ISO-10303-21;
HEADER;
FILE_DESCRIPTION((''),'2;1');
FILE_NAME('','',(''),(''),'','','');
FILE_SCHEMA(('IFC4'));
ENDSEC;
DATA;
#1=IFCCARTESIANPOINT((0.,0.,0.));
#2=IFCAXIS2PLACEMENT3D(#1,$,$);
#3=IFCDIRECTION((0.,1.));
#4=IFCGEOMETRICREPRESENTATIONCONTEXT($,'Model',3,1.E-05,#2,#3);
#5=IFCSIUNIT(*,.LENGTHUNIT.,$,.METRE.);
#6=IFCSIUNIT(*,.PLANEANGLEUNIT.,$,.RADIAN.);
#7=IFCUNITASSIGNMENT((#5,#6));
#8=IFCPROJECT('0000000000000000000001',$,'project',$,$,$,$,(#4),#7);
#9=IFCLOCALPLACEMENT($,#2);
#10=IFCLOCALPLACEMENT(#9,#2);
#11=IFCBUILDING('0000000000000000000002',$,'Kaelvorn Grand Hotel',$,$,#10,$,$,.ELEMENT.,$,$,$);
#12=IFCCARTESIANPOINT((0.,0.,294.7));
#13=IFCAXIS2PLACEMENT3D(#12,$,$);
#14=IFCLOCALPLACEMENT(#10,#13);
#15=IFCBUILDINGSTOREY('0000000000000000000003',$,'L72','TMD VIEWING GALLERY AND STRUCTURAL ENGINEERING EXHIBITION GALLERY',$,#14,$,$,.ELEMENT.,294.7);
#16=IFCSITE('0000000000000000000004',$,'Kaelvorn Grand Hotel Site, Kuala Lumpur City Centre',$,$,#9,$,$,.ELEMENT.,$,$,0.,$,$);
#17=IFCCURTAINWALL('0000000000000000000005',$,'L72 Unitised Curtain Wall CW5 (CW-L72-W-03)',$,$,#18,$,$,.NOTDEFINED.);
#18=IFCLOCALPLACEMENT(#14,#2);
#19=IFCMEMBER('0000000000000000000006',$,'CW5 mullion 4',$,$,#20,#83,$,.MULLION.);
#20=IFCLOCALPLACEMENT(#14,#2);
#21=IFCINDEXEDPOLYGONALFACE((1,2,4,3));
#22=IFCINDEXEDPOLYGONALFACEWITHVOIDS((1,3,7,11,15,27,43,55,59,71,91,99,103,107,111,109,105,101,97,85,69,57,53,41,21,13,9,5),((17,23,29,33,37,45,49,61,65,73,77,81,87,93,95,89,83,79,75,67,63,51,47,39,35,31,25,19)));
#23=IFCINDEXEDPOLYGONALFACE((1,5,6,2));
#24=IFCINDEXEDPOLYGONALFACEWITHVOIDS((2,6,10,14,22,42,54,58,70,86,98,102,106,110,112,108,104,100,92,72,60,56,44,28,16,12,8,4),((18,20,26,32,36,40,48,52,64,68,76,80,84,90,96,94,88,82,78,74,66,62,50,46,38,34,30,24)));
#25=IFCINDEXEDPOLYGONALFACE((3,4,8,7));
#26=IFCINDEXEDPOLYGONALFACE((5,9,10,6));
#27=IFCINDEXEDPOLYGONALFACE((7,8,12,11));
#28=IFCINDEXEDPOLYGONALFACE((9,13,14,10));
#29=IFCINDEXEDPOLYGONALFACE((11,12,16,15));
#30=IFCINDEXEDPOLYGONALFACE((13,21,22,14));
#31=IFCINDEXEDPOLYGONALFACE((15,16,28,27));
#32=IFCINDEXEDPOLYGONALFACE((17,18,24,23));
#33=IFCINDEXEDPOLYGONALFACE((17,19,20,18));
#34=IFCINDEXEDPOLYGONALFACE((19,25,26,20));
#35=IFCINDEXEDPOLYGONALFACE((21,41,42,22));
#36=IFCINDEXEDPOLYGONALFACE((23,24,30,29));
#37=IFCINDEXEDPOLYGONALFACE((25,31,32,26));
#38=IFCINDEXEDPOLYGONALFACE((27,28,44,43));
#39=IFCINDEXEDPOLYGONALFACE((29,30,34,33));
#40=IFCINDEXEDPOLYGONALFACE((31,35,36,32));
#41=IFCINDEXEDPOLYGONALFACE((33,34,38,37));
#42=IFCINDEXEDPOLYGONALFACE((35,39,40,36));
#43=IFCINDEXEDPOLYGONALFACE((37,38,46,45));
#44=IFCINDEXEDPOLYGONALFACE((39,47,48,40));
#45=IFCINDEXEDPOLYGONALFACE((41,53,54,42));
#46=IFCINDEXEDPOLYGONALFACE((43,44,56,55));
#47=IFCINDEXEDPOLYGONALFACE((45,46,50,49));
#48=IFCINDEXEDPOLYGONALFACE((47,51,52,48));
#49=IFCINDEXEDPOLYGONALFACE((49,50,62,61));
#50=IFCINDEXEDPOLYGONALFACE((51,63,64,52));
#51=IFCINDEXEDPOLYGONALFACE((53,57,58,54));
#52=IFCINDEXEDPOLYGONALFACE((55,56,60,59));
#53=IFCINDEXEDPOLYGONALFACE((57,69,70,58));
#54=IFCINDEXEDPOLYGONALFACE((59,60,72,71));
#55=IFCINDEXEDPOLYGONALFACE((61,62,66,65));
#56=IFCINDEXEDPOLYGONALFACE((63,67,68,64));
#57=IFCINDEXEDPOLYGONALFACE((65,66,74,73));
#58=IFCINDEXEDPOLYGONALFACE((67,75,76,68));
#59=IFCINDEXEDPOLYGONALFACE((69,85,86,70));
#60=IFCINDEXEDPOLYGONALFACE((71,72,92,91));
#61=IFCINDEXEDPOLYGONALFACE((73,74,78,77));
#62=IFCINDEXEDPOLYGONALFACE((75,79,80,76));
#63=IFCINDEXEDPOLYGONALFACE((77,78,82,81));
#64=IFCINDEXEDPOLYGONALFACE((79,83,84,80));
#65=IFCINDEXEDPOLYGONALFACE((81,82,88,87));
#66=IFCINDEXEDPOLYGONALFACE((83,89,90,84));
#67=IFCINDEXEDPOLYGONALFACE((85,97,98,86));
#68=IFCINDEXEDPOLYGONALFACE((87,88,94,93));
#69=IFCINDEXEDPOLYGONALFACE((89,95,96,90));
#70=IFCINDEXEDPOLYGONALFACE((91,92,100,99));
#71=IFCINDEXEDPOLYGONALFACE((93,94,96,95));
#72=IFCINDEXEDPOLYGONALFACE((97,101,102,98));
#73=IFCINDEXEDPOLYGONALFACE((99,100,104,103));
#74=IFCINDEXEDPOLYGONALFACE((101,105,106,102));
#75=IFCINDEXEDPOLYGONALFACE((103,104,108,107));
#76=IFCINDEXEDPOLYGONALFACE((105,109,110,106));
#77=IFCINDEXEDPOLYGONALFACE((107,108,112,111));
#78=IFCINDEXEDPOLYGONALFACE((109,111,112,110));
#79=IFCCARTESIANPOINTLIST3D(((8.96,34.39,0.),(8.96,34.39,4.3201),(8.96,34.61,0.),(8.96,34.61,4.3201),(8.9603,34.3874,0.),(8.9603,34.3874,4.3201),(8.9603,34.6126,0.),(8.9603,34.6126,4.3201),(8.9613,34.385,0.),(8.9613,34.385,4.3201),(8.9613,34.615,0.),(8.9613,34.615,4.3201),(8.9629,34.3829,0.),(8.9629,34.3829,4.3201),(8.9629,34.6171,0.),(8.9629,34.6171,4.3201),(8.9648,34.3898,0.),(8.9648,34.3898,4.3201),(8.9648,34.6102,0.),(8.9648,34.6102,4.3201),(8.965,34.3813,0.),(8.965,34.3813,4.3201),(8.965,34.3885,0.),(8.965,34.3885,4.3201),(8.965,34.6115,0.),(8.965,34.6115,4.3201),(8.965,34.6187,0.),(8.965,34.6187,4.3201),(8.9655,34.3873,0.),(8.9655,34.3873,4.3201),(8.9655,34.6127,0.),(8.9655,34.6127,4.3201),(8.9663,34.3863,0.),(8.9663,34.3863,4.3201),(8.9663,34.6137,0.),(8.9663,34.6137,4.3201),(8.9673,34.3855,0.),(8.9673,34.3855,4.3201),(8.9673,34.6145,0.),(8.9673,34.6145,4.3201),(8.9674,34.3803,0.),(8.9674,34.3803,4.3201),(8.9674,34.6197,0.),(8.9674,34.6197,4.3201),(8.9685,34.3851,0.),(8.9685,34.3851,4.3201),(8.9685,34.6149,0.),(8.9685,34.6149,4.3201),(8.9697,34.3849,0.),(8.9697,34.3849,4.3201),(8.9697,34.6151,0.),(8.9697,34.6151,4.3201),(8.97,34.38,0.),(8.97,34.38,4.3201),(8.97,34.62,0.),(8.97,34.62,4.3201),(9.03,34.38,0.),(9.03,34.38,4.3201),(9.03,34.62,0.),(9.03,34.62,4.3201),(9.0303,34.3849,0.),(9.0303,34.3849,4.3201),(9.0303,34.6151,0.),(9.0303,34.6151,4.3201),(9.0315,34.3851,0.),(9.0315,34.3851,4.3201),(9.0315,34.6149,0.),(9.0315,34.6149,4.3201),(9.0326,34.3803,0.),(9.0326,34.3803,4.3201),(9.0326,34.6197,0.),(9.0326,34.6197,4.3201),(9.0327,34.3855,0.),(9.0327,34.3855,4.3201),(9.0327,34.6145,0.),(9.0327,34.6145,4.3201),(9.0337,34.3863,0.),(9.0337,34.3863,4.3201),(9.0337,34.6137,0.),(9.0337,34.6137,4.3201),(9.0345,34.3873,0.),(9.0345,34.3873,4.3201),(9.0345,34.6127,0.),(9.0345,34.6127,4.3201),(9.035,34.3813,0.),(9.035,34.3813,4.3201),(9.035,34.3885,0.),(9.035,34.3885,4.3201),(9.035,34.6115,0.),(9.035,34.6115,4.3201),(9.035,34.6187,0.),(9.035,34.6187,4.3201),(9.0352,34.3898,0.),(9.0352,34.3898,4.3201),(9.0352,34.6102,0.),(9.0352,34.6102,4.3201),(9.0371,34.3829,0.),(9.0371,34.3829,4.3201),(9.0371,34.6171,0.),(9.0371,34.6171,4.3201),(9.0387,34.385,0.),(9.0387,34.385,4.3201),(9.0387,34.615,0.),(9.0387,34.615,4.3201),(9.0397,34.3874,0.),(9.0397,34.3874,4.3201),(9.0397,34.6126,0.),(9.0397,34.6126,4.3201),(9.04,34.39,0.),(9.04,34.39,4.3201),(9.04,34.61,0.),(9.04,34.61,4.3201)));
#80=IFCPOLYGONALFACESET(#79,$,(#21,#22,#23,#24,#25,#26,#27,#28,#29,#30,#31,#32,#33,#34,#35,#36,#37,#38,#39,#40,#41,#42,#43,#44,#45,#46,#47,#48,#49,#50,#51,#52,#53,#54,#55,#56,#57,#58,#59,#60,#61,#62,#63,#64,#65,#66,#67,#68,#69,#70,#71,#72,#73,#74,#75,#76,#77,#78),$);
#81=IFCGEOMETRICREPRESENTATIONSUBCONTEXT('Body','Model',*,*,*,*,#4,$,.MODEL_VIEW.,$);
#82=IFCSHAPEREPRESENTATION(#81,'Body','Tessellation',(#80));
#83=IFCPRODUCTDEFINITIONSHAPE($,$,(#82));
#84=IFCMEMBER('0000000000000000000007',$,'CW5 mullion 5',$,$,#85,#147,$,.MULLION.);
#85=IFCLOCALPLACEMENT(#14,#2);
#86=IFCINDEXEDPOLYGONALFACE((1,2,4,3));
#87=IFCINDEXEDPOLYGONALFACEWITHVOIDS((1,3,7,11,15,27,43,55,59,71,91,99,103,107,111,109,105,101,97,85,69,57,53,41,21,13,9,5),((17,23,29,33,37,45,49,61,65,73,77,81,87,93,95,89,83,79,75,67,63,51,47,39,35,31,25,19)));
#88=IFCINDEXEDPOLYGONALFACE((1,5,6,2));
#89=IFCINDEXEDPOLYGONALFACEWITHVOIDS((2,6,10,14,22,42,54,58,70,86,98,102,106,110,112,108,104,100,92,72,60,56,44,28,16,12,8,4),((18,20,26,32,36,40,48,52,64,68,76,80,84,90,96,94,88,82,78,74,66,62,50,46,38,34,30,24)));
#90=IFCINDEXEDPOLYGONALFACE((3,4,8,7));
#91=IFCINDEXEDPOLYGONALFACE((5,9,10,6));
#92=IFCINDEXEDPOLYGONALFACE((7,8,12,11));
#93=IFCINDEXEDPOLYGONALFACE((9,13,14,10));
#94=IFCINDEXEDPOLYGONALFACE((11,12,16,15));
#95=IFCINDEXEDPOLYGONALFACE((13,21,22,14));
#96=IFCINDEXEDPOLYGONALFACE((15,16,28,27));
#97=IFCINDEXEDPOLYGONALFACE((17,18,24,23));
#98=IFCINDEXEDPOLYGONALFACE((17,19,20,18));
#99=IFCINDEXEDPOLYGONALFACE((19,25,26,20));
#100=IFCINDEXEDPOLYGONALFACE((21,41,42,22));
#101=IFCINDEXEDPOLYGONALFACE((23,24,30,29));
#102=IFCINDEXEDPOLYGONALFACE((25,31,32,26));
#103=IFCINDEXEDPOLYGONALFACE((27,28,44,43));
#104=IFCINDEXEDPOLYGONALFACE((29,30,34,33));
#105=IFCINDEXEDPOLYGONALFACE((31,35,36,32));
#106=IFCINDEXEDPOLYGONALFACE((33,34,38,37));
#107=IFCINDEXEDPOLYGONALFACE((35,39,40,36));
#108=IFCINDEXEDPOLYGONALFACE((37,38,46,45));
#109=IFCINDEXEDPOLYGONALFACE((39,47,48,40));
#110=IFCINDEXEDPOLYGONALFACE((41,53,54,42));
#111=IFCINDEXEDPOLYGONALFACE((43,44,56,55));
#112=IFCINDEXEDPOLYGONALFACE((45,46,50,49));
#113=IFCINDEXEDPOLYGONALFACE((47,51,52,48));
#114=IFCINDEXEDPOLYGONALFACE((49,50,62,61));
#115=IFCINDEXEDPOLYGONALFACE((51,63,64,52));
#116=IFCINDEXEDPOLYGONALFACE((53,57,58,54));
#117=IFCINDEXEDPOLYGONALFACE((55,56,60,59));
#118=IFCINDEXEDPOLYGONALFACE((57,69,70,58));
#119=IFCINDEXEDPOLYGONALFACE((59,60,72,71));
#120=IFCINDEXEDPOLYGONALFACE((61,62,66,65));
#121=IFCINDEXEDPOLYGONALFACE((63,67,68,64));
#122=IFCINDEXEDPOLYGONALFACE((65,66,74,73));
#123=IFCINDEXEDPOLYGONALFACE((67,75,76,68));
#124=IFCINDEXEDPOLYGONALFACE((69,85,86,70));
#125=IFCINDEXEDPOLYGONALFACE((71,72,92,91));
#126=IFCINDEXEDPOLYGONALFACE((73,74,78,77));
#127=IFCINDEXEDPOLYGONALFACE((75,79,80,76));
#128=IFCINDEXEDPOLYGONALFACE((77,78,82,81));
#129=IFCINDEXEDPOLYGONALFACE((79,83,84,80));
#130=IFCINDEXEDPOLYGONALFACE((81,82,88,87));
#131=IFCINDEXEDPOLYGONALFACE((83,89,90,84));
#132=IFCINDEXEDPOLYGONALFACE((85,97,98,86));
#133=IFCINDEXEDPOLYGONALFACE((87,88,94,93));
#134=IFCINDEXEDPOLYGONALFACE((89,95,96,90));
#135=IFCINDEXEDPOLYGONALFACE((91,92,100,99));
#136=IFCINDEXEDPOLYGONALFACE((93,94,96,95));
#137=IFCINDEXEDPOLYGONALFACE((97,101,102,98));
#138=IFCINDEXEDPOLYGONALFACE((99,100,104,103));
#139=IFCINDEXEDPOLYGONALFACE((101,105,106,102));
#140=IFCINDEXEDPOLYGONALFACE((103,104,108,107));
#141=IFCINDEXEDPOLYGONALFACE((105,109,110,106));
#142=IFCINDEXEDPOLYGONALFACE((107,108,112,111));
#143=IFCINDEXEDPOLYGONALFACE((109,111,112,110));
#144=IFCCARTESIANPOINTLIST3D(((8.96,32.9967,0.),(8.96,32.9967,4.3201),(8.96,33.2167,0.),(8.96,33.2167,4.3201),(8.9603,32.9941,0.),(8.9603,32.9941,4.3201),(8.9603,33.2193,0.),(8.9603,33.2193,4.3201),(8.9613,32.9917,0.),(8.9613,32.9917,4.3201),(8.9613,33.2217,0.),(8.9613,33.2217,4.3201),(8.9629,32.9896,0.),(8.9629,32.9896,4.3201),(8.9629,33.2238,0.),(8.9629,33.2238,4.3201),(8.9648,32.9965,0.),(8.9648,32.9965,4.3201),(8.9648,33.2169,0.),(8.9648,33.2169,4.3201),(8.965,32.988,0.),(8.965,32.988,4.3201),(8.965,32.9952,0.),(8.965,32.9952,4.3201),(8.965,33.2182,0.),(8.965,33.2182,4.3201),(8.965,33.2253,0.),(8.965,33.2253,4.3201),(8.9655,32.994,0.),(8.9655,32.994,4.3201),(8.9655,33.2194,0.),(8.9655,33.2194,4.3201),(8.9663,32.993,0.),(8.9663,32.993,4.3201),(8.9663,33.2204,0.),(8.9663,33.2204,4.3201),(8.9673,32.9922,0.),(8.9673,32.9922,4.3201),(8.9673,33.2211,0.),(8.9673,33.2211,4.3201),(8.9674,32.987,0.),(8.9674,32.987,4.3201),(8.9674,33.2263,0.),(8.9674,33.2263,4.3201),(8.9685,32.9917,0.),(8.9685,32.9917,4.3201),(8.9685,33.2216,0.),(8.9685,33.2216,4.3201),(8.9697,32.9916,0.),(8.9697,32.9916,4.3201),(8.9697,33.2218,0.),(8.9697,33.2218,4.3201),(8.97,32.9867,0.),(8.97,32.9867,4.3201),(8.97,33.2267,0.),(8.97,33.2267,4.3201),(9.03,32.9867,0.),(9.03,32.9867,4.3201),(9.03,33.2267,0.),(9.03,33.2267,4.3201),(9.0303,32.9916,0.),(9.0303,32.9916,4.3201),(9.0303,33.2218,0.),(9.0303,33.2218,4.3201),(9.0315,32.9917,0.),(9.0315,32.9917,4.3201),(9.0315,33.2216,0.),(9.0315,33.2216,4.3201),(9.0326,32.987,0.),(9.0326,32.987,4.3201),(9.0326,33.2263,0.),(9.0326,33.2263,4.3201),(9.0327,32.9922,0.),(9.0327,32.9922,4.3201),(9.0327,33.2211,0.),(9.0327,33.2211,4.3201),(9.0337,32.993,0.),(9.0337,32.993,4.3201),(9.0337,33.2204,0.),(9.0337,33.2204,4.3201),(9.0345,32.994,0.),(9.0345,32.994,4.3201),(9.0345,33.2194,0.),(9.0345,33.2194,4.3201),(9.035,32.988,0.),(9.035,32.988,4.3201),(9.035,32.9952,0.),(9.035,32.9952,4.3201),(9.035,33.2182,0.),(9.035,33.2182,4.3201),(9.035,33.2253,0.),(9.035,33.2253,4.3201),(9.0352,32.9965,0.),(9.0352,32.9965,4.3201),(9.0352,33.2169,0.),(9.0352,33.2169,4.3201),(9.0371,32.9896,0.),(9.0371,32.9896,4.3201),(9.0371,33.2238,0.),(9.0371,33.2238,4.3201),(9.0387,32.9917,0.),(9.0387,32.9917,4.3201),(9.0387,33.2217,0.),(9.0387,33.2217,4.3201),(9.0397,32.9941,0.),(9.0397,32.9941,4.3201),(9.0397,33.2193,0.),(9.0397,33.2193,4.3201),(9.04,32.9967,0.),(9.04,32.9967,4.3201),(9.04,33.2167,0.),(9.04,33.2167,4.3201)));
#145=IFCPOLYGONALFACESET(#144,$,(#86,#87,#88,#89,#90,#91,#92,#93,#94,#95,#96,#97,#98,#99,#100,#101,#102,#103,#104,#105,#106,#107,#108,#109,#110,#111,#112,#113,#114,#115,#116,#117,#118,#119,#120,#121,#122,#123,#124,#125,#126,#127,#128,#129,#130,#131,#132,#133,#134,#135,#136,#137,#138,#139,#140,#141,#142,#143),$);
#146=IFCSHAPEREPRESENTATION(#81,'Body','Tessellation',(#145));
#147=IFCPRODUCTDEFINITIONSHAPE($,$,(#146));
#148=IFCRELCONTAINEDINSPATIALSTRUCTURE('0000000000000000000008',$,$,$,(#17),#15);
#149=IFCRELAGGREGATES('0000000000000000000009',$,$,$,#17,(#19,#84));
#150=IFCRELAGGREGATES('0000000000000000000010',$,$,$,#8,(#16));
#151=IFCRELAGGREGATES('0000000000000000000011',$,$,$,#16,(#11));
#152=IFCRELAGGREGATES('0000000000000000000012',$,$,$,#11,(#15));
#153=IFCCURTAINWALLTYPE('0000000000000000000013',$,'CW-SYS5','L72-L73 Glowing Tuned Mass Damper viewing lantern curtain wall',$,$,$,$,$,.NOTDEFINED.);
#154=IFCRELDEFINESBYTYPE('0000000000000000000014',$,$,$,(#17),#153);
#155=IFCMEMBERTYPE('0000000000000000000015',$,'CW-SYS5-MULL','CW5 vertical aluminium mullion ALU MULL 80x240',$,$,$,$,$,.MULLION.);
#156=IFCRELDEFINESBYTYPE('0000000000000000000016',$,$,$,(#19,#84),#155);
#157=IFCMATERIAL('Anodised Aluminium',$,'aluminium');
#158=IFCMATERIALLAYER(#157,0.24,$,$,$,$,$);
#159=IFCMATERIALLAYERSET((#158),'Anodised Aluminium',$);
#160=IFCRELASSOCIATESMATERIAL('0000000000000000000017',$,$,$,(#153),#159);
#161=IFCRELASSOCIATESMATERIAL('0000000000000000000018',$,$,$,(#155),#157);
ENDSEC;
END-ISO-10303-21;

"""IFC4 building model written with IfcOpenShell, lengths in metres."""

from ifc_helpers import new_model, si_unit, direction, frame, origin, origin_2d, place, context, subcontext, project, spatial, hollow_rectangle, extrude, material, layer, layer_set, material_profile, profile_set, type_object, element, aggregate, save


model = new_model("IFC4")

# Units and contexts
model_context = context("Model", 3, precision=1e-05, world=origin(), true_north=direction((0.0, 1.0)))
body_context = subcontext(model_context, "Body", "Model", "MODEL_VIEW")
ifc_project = project(units=[si_unit("LENGTHUNIT", "METRE"), si_unit("PLANEANGLEUNIT", "RADIAN")], contexts=[model_context])

# Site, building, storey
site_placement = place(None, origin())
site = spatial("IfcSite", under=ifc_project, at=site_placement, Name="Kaelvorn Grand Hotel Site, Kuala Lumpur City Centre", CompositionType="ELEMENT", RefElevation=0.0)
building_placement = place(site_placement, origin())
building = spatial("IfcBuilding", under=site, at=building_placement, Name="Kaelvorn Grand Hotel", CompositionType="ELEMENT")
storey_placement = place(building_placement, frame((0.0, 0.0, 294.7)))
storey = spatial("IfcBuildingStorey", under=building, at=storey_placement, Name="L72", Description="TMD VIEWING GALLERY AND STRUCTURAL ENGINEERING EXHIBITION GALLERY", CompositionType="ELEMENT", Elevation=294.7)

# Curtain wall, members
ifc_material_1 = material(Name="Anodised Aluminium", Category="aluminium")
ifc_layer_1 = layer(ifc_material_1, 0.24)
ifc_layer_set_1 = layer_set([ifc_layer_1], Name="Anodised Aluminium")
curtain_wall_type = type_object("IfcCurtainWallType", Name="CW-SYS5", Description="L72-L73 Glowing Tuned Mass Damper viewing lantern curtain wall", PredefinedType="NOTDEFINED", material=ifc_layer_set_1)
curtain_wall_placement = place(storey_placement, origin())
curtain_wall = element("IfcCurtainWall", 1, at=curtain_wall_placement, inside=storey, type_object=curtain_wall_type, Name="L72 Unitised Curtain Wall CW5 (CW-L72-W-03)", PredefinedType="NOTDEFINED")
ifc_material_profile_1 = material_profile(ifc_material_1, hollow_rectangle(XDim=0.0801, YDim=0.24, WallThickness=0.0049, InnerFilletRadius=0.0049, OuterFilletRadius=0.01, at=origin_2d()), Name="ALU MULL 80x240")
ifc_profile_set_1 = profile_set([ifc_material_profile_1], Name="Anodised Aluminium")
member_type_1 = type_object("IfcMemberType", Name="CW-SYS5-MULL", Description="CW5 vertical aluminium mullion ALU MULL 80x240", PredefinedType="MULLION", material=ifc_profile_set_1)
member_1_placement = place(storey_placement, frame((9.0, 34.5, 0.0), z_axis=(0.0, 0.0, 1.0), x_axis=(1.0, 0.0, 0.0)))
member_1 = element("IfcMember", 2, at=member_1_placement, type_object=member_type_1, Name="CW5 mullion 4", PredefinedType="MULLION", context=body_context, shape_type="SweptSolid", body=[
    extrude(hollow_rectangle(XDim=0.0801, YDim=0.24, WallThickness=0.0049, InnerFilletRadius=0.0049, OuterFilletRadius=0.01, at=origin_2d()), origin(), (0.0, 0.0, 1.0), 4.3201),
])
member_2_placement = place(storey_placement, frame((9.0, 33.1067, 0.0), z_axis=(0.0, 0.0, 1.0), x_axis=(1.0, 0.0, 0.0)))
member_2 = element("IfcMember", 3, at=member_2_placement, type_object=member_type_1, Name="CW5 mullion 5", PredefinedType="MULLION", context=body_context, shape_type="SweptSolid", body=[
    extrude(hollow_rectangle(XDim=0.0801, YDim=0.24, WallThickness=0.0049, InnerFilletRadius=0.0049, OuterFilletRadius=0.01, at=origin_2d()), origin(), (0.0, 0.0, 1.0), 4.3201),
])
aggregate(curtain_wall, [member_1, member_2])

save(model, "model.ifc")
